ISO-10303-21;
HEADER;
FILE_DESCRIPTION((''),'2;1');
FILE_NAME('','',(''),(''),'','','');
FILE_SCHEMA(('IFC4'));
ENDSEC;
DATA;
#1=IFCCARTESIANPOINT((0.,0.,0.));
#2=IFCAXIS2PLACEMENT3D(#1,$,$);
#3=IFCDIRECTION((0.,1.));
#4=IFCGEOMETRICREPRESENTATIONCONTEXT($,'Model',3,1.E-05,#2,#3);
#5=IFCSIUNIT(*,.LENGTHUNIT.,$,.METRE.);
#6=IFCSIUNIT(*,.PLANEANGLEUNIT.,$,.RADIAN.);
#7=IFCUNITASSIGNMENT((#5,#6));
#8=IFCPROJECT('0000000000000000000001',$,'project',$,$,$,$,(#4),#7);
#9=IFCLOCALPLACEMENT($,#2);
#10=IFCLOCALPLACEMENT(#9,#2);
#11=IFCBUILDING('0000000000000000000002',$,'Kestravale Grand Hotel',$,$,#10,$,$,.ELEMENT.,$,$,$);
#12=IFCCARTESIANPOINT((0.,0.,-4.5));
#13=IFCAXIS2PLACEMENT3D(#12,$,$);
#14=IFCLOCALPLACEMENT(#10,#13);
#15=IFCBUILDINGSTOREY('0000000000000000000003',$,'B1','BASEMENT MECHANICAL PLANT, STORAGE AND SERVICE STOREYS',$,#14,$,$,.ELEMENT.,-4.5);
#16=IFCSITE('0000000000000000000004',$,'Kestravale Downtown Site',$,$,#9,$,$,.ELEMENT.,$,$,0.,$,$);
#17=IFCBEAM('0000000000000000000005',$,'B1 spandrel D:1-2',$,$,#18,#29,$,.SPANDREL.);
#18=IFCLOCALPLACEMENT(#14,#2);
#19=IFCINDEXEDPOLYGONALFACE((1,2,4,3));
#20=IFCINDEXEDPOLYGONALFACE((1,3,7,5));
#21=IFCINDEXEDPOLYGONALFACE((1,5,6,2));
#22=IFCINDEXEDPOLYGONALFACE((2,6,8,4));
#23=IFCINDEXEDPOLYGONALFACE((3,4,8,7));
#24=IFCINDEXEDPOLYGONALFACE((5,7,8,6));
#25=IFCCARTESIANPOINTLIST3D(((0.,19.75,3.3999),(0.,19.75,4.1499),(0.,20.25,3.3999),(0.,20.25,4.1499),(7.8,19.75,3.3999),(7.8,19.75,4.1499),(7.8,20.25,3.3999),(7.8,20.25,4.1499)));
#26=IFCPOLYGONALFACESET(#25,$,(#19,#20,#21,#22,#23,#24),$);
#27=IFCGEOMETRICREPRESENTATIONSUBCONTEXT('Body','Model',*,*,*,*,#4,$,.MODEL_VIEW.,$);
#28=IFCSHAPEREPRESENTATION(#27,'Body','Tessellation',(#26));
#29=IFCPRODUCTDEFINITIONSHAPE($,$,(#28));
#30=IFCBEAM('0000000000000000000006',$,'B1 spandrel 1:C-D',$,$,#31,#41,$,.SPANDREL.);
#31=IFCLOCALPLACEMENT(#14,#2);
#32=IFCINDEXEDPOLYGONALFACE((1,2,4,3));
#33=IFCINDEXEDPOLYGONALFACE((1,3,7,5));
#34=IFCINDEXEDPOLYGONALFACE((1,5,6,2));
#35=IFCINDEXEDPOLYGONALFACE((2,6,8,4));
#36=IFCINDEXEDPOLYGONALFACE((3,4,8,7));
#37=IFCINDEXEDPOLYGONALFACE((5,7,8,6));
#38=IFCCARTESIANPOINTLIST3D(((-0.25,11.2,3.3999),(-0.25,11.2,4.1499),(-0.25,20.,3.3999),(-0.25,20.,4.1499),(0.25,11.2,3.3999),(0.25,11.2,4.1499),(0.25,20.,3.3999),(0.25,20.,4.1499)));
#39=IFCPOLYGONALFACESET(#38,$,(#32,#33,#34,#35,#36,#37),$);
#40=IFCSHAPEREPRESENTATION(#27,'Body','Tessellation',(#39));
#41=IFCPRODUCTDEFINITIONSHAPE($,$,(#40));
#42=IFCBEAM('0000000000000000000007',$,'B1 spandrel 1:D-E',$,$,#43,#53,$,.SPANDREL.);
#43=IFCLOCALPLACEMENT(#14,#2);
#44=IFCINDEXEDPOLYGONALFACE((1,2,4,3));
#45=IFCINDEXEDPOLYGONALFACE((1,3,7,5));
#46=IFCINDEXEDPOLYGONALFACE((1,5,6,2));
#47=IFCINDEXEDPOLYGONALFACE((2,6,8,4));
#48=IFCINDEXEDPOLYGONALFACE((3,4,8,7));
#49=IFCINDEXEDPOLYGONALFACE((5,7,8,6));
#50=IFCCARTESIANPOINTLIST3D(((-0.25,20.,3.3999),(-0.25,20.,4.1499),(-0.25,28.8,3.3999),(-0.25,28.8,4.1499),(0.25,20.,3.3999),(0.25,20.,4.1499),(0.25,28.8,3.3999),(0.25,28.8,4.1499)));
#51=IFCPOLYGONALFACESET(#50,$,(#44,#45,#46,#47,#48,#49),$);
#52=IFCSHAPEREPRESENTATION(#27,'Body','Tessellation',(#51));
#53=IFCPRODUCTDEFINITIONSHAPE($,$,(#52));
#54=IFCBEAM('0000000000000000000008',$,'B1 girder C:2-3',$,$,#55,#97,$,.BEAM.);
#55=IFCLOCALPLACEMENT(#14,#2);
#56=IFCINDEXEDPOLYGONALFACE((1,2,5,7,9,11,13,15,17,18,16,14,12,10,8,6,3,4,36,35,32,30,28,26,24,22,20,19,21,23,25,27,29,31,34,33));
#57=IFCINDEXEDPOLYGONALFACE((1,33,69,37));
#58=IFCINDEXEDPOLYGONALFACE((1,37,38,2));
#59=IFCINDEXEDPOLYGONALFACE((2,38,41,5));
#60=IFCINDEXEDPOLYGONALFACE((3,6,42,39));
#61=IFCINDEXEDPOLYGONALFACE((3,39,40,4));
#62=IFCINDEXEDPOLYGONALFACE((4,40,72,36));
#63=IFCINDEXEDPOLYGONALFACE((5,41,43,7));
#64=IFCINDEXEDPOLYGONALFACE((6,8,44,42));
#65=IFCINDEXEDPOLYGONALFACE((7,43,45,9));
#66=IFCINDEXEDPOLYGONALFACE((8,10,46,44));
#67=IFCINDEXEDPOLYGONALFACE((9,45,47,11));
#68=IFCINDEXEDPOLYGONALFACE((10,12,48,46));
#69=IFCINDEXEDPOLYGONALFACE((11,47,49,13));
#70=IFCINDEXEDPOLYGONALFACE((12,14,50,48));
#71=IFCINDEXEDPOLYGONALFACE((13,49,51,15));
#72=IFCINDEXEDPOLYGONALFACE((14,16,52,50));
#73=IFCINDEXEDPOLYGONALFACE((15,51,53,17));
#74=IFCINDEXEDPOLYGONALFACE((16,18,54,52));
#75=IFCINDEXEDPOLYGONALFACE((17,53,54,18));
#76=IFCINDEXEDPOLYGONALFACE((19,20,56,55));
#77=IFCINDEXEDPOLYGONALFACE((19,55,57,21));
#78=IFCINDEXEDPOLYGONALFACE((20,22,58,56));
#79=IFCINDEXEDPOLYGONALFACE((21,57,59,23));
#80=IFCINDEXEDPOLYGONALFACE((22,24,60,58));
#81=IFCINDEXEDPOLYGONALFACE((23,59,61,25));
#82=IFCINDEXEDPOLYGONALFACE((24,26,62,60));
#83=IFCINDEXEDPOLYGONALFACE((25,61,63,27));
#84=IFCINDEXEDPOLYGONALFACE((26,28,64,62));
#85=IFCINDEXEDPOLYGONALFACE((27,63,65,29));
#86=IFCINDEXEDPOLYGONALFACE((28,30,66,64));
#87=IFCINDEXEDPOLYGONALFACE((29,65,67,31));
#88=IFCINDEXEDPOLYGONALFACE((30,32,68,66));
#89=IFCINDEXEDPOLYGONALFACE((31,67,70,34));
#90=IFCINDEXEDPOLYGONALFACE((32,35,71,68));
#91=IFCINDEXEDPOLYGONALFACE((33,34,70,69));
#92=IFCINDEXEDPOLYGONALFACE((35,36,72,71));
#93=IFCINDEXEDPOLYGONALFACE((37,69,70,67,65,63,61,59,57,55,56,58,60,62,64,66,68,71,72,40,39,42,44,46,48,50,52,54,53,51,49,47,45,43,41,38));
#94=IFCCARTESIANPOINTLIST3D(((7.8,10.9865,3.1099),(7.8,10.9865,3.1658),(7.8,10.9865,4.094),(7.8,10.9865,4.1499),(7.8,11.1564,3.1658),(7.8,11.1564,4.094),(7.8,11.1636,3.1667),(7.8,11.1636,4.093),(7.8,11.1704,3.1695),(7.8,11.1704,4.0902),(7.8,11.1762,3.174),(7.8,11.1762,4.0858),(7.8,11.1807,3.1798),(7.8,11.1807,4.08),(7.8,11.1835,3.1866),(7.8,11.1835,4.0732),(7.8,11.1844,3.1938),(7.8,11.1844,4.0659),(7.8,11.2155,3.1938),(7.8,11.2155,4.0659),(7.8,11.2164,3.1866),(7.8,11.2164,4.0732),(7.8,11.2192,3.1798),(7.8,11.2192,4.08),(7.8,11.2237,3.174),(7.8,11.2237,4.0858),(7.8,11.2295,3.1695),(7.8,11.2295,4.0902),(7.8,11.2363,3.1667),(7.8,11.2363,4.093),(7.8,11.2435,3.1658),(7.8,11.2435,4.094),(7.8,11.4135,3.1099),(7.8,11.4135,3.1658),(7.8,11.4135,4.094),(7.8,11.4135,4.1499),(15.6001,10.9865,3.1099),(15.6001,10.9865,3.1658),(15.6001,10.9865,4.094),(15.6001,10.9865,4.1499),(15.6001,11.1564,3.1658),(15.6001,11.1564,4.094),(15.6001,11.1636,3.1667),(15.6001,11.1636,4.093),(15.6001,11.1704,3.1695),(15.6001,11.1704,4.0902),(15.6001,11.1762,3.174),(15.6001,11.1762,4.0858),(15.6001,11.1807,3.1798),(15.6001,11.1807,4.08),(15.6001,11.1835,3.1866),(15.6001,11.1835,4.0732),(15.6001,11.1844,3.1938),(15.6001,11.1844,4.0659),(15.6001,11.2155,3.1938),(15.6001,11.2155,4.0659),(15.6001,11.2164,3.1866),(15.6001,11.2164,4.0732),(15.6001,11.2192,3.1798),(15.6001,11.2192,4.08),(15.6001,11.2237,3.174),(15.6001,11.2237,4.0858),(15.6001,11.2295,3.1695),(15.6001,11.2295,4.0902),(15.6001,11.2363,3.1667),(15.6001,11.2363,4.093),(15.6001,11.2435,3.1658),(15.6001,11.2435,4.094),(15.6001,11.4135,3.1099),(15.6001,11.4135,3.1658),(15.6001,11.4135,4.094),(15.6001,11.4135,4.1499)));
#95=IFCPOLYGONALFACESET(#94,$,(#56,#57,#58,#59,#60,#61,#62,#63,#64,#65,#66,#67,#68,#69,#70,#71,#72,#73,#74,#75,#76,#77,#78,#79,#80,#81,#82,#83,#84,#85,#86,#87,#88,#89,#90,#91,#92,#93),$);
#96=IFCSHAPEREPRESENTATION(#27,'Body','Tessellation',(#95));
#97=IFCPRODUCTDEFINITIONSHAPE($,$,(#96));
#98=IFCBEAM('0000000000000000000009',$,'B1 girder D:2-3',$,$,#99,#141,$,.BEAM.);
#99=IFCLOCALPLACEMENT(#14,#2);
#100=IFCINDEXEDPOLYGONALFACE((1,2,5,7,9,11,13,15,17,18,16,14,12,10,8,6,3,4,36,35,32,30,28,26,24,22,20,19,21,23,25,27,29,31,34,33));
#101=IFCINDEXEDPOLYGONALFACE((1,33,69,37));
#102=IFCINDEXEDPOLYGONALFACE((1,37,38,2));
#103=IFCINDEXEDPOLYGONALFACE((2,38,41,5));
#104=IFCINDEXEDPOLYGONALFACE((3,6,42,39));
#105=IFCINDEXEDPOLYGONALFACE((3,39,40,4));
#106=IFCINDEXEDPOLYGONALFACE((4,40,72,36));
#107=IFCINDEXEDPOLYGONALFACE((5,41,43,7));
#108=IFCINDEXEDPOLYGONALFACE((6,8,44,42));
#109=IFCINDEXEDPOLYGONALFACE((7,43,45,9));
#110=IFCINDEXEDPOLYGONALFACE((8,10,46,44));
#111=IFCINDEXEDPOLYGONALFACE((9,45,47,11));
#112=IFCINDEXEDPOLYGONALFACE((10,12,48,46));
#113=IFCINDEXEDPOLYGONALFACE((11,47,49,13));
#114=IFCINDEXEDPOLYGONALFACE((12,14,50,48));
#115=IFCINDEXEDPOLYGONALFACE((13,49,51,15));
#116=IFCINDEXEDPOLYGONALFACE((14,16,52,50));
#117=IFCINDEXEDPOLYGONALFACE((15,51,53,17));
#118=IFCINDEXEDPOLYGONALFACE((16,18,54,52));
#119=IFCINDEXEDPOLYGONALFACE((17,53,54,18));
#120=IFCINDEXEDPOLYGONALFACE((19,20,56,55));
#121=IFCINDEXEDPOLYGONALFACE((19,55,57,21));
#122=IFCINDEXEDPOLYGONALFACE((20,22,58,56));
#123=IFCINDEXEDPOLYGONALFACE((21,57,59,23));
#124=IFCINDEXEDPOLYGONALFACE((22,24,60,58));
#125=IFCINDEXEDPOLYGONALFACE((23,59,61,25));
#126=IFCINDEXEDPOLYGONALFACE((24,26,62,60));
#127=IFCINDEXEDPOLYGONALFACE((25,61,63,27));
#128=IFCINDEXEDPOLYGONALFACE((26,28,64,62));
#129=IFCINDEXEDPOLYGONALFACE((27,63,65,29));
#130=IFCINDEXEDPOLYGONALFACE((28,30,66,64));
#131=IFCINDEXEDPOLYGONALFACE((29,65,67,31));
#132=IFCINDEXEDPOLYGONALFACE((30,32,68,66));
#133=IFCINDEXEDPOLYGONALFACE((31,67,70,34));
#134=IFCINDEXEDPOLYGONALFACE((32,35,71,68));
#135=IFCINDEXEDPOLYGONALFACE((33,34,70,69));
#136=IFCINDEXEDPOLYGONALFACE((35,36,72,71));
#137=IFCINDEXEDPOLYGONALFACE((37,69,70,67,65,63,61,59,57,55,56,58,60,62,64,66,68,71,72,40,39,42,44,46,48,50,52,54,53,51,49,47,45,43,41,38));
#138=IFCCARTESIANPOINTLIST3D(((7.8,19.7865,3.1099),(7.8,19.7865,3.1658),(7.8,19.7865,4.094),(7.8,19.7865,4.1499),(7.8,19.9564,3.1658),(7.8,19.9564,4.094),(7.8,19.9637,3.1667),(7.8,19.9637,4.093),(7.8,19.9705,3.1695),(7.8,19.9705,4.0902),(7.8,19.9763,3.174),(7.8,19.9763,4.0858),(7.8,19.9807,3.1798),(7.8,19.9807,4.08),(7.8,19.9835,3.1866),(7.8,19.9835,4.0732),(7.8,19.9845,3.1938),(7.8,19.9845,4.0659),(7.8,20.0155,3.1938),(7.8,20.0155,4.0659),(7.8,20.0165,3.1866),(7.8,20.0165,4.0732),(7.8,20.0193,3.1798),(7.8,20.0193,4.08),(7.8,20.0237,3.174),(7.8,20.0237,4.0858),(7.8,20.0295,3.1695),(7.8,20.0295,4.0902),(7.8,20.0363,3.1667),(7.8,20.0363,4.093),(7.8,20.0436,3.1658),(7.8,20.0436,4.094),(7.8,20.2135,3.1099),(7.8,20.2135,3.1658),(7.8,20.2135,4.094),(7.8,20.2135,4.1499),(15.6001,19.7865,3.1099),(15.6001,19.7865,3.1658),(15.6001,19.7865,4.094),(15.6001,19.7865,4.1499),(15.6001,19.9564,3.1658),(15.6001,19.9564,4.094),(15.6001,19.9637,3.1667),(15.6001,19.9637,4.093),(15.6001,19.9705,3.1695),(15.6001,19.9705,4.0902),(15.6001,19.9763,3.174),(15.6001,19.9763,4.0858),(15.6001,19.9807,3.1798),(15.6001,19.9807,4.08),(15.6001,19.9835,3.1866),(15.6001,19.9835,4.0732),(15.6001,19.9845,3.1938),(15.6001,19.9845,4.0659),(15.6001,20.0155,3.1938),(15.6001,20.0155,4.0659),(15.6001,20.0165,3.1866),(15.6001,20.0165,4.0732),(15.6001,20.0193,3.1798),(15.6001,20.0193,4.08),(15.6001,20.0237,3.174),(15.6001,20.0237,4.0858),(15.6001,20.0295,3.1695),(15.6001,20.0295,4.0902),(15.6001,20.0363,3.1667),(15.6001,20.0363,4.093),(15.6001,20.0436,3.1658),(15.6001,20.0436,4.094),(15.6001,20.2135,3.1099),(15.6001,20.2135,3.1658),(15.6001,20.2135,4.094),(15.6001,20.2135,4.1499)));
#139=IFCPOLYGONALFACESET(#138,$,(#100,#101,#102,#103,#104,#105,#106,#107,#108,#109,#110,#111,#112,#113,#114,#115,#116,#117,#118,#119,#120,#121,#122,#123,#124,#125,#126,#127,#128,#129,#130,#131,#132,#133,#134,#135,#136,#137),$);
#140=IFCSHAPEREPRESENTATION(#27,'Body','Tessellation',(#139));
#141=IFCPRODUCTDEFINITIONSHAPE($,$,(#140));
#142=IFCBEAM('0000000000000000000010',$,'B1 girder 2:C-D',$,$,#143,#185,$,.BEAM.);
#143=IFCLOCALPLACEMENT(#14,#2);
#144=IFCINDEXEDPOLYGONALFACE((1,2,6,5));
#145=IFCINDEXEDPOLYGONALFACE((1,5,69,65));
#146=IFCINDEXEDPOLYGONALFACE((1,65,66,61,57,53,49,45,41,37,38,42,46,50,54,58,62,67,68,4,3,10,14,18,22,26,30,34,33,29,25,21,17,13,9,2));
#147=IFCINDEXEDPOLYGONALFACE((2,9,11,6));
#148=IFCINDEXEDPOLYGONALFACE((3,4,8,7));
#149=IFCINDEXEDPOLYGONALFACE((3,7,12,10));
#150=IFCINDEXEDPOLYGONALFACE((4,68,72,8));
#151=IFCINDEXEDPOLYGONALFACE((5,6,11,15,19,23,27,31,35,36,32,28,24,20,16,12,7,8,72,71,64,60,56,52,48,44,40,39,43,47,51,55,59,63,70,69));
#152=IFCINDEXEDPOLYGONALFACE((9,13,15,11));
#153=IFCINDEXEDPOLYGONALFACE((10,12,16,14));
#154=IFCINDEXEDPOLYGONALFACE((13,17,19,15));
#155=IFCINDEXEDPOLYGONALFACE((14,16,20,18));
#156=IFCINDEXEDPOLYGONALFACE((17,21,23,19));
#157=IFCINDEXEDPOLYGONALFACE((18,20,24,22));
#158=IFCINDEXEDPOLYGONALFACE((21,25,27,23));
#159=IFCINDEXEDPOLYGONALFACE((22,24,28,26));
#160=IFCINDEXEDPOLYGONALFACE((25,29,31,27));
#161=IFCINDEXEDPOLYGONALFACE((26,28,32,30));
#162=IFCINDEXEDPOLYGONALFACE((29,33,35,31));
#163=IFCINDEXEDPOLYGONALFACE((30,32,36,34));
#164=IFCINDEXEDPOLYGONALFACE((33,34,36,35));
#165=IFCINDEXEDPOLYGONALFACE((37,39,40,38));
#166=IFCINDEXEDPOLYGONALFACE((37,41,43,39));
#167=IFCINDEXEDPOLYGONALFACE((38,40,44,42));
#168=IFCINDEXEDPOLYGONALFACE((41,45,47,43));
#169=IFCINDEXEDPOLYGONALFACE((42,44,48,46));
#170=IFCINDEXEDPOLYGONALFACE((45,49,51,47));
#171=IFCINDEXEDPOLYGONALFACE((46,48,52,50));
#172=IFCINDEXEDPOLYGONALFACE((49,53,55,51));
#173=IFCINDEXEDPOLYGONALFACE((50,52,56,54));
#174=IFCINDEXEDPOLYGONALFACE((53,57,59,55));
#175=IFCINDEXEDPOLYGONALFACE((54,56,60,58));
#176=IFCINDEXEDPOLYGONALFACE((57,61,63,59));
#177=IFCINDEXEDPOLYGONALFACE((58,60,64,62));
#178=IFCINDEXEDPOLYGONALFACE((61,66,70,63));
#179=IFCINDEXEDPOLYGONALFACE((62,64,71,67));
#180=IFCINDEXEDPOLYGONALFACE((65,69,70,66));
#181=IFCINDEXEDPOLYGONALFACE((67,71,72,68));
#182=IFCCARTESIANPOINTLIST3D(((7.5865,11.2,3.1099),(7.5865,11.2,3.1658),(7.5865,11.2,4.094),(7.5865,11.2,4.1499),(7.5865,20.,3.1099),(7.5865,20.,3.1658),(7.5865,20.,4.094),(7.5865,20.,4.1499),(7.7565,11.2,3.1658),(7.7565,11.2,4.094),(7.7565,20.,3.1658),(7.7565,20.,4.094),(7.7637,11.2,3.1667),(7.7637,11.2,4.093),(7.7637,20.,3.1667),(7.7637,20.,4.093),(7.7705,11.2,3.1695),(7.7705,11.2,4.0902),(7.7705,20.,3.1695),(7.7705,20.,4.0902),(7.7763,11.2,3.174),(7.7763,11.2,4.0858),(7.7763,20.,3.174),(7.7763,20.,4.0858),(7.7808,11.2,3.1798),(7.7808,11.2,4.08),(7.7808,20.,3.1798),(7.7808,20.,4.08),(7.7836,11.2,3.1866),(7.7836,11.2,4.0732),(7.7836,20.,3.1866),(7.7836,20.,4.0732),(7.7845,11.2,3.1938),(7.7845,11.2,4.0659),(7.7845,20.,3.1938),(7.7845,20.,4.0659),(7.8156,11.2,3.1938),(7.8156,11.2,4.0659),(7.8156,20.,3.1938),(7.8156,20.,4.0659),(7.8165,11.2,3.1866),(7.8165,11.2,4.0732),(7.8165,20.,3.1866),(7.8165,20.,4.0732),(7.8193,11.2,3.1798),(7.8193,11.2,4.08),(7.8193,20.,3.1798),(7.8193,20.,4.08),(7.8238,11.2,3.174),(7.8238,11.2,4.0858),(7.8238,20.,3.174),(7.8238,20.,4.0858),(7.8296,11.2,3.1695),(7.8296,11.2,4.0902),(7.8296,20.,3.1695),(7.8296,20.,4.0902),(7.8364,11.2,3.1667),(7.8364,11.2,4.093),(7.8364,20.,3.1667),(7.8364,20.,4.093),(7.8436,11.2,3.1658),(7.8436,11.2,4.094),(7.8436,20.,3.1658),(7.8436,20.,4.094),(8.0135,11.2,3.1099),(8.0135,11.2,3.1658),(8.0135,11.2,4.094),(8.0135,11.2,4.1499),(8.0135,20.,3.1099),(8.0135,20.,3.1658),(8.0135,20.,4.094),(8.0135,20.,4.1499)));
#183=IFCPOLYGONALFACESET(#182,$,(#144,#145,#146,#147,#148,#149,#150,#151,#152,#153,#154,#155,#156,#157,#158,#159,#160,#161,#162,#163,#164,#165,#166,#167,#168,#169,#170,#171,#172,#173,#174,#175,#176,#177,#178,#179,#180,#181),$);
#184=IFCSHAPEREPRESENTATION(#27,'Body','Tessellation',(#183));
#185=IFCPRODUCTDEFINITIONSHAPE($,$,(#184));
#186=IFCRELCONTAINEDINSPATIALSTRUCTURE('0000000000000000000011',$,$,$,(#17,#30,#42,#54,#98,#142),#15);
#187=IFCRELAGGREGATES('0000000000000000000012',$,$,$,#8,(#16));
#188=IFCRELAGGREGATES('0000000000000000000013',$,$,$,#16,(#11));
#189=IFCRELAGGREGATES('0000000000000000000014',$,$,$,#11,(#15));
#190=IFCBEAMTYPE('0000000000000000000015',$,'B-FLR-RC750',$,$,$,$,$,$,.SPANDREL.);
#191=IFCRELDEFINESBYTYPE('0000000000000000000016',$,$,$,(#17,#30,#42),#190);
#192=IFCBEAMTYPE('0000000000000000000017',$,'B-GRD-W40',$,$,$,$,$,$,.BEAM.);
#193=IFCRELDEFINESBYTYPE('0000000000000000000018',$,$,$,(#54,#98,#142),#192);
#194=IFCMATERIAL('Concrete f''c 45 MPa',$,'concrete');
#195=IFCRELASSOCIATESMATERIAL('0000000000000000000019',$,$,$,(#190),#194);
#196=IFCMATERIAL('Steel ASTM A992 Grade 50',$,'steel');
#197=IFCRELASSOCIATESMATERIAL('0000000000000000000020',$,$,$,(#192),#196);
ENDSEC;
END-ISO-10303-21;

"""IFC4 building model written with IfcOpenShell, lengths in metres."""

from ifc_helpers import new_model, si_unit, direction, frame, origin, origin_2d, place, context, subcontext, project, spatial, rectangle, i_section, extrude, material, material_profile, profile_set, type_object, element, save


model = new_model("IFC4")

# Units and contexts
model_context = context("Model", 3, precision=1e-05, world=origin(), true_north=direction((0.0, 1.0)))
body_context = subcontext(model_context, "Body", "Model", "MODEL_VIEW")
ifc_project = project(units=[si_unit("LENGTHUNIT", "METRE"), si_unit("PLANEANGLEUNIT", "RADIAN")], contexts=[model_context])

# Site, building, storey
site_placement = place(None, origin())
site = spatial("IfcSite", under=ifc_project, at=site_placement, Name="Kestravale Downtown Site", CompositionType="ELEMENT", RefElevation=0.0)
building_placement = place(site_placement, origin())
building = spatial("IfcBuilding", under=site, at=building_placement, Name="Kestravale Grand Hotel", CompositionType="ELEMENT")
storey_placement = place(building_placement, frame((0.0, 0.0, -4.5)))
storey = spatial("IfcBuildingStorey", under=building, at=storey_placement, Name="B1", Description="BASEMENT MECHANICAL PLANT, STORAGE AND SERVICE STOREYS", CompositionType="ELEMENT", Elevation=-4.5)

# Beams
ifc_material_1 = material(Name="Concrete f'c 45 MPa", Category="concrete")
ifc_material_profile_1 = material_profile(ifc_material_1, rectangle(XDim=0.5, YDim=0.75, at=origin_2d()))
ifc_profile_set_1 = profile_set([ifc_material_profile_1], Name="Concrete f'c 45 MPa")
beam_type_1 = type_object("IfcBeamType", Name="B-FLR-RC750", PredefinedType="SPANDREL", material=ifc_profile_set_1)
for number, where, z_axis, x_axis, name in (
    (1, (0.0, 20.0, 3.7749), (1.0, 0.0, 0.0), (0.0, 1.0, 0.0), "B1 spandrel D:1-2"),
):
    element("IfcBeam", number, at=place(storey_placement, frame(where, z_axis=z_axis, x_axis=x_axis)), inside=storey, type_object=beam_type_1, Name=name, PredefinedType="SPANDREL", context=body_context, shape_type="SweptSolid", body=[
        extrude(rectangle(XDim=0.5, YDim=0.75, at=origin_2d()), origin(), (0.0, 0.0, 1.0), 7.8),
    ])
for number, where, z_axis, x_axis, name in (
    (2, (0.0, 11.2, 3.7749), (0.0, 1.0, 0.0), (-1.0, 0.0, 0.0), "B1 spandrel 1:C-D"),
    (3, (0.0, 20.0, 3.7749), (0.0, 1.0, 0.0), (-1.0, 0.0, 0.0), "B1 spandrel 1:D-E"),
):
    element("IfcBeam", number, at=place(storey_placement, frame(where, z_axis=z_axis, x_axis=x_axis)), inside=storey, type_object=beam_type_1, Name=name, PredefinedType="SPANDREL", context=body_context, shape_type="SweptSolid", body=[
        extrude(rectangle(XDim=0.5, YDim=0.75, at=origin_2d()), origin(), (0.0, 0.0, 1.0), 8.8),
    ])
ifc_material_2 = material(Name="Steel ASTM A992 Grade 50", Category="steel")
ifc_material_profile_2 = material_profile(ifc_material_2, i_section(OverallWidth=0.427, OverallDepth=1.04, WebThickness=0.031, FlangeThickness=0.0559, FilletRadius=0.0281, at=origin_2d()))
ifc_profile_set_2 = profile_set([ifc_material_profile_2], Name="Steel ASTM A992 Grade 50")
beam_type_2 = type_object("IfcBeamType", Name="B-GRD-W40", PredefinedType="BEAM", material=ifc_profile_set_2)
for number, where, z_axis, x_axis, name in (
    (4, (7.8, 11.2, 3.6299), (1.0, 0.0, 0.0), (0.0, 1.0, 0.0), "B1 girder C:2-3"),
    (5, (7.8, 20.0, 3.6299), (1.0, 0.0, 0.0), (0.0, 1.0, 0.0), "B1 girder D:2-3"),
):
    element("IfcBeam", number, at=place(storey_placement, frame(where, z_axis=z_axis, x_axis=x_axis)), inside=storey, type_object=beam_type_2, Name=name, PredefinedType="BEAM", context=body_context, shape_type="SweptSolid", body=[
        extrude(i_section(OverallWidth=0.427, OverallDepth=1.04, WebThickness=0.031, FlangeThickness=0.0559, FilletRadius=0.0281, at=origin_2d()), origin(), (0.0, 0.0, 1.0), 7.8),
    ])
for number, where, z_axis, x_axis, name in (
    (6, (7.8, 11.2, 3.6299), (0.0, 1.0, 0.0), (-1.0, 0.0, 0.0), "B1 girder 2:C-D"),
):
    element("IfcBeam", number, at=place(storey_placement, frame(where, z_axis=z_axis, x_axis=x_axis)), inside=storey, type_object=beam_type_2, Name=name, PredefinedType="BEAM", context=body_context, shape_type="SweptSolid", body=[
        extrude(i_section(OverallWidth=0.427, OverallDepth=1.04, WebThickness=0.031, FlangeThickness=0.0559, FilletRadius=0.0281, at=origin_2d()), origin(), (0.0, 0.0, 1.0), 8.8),
    ])

save(model, "model.ifc")
